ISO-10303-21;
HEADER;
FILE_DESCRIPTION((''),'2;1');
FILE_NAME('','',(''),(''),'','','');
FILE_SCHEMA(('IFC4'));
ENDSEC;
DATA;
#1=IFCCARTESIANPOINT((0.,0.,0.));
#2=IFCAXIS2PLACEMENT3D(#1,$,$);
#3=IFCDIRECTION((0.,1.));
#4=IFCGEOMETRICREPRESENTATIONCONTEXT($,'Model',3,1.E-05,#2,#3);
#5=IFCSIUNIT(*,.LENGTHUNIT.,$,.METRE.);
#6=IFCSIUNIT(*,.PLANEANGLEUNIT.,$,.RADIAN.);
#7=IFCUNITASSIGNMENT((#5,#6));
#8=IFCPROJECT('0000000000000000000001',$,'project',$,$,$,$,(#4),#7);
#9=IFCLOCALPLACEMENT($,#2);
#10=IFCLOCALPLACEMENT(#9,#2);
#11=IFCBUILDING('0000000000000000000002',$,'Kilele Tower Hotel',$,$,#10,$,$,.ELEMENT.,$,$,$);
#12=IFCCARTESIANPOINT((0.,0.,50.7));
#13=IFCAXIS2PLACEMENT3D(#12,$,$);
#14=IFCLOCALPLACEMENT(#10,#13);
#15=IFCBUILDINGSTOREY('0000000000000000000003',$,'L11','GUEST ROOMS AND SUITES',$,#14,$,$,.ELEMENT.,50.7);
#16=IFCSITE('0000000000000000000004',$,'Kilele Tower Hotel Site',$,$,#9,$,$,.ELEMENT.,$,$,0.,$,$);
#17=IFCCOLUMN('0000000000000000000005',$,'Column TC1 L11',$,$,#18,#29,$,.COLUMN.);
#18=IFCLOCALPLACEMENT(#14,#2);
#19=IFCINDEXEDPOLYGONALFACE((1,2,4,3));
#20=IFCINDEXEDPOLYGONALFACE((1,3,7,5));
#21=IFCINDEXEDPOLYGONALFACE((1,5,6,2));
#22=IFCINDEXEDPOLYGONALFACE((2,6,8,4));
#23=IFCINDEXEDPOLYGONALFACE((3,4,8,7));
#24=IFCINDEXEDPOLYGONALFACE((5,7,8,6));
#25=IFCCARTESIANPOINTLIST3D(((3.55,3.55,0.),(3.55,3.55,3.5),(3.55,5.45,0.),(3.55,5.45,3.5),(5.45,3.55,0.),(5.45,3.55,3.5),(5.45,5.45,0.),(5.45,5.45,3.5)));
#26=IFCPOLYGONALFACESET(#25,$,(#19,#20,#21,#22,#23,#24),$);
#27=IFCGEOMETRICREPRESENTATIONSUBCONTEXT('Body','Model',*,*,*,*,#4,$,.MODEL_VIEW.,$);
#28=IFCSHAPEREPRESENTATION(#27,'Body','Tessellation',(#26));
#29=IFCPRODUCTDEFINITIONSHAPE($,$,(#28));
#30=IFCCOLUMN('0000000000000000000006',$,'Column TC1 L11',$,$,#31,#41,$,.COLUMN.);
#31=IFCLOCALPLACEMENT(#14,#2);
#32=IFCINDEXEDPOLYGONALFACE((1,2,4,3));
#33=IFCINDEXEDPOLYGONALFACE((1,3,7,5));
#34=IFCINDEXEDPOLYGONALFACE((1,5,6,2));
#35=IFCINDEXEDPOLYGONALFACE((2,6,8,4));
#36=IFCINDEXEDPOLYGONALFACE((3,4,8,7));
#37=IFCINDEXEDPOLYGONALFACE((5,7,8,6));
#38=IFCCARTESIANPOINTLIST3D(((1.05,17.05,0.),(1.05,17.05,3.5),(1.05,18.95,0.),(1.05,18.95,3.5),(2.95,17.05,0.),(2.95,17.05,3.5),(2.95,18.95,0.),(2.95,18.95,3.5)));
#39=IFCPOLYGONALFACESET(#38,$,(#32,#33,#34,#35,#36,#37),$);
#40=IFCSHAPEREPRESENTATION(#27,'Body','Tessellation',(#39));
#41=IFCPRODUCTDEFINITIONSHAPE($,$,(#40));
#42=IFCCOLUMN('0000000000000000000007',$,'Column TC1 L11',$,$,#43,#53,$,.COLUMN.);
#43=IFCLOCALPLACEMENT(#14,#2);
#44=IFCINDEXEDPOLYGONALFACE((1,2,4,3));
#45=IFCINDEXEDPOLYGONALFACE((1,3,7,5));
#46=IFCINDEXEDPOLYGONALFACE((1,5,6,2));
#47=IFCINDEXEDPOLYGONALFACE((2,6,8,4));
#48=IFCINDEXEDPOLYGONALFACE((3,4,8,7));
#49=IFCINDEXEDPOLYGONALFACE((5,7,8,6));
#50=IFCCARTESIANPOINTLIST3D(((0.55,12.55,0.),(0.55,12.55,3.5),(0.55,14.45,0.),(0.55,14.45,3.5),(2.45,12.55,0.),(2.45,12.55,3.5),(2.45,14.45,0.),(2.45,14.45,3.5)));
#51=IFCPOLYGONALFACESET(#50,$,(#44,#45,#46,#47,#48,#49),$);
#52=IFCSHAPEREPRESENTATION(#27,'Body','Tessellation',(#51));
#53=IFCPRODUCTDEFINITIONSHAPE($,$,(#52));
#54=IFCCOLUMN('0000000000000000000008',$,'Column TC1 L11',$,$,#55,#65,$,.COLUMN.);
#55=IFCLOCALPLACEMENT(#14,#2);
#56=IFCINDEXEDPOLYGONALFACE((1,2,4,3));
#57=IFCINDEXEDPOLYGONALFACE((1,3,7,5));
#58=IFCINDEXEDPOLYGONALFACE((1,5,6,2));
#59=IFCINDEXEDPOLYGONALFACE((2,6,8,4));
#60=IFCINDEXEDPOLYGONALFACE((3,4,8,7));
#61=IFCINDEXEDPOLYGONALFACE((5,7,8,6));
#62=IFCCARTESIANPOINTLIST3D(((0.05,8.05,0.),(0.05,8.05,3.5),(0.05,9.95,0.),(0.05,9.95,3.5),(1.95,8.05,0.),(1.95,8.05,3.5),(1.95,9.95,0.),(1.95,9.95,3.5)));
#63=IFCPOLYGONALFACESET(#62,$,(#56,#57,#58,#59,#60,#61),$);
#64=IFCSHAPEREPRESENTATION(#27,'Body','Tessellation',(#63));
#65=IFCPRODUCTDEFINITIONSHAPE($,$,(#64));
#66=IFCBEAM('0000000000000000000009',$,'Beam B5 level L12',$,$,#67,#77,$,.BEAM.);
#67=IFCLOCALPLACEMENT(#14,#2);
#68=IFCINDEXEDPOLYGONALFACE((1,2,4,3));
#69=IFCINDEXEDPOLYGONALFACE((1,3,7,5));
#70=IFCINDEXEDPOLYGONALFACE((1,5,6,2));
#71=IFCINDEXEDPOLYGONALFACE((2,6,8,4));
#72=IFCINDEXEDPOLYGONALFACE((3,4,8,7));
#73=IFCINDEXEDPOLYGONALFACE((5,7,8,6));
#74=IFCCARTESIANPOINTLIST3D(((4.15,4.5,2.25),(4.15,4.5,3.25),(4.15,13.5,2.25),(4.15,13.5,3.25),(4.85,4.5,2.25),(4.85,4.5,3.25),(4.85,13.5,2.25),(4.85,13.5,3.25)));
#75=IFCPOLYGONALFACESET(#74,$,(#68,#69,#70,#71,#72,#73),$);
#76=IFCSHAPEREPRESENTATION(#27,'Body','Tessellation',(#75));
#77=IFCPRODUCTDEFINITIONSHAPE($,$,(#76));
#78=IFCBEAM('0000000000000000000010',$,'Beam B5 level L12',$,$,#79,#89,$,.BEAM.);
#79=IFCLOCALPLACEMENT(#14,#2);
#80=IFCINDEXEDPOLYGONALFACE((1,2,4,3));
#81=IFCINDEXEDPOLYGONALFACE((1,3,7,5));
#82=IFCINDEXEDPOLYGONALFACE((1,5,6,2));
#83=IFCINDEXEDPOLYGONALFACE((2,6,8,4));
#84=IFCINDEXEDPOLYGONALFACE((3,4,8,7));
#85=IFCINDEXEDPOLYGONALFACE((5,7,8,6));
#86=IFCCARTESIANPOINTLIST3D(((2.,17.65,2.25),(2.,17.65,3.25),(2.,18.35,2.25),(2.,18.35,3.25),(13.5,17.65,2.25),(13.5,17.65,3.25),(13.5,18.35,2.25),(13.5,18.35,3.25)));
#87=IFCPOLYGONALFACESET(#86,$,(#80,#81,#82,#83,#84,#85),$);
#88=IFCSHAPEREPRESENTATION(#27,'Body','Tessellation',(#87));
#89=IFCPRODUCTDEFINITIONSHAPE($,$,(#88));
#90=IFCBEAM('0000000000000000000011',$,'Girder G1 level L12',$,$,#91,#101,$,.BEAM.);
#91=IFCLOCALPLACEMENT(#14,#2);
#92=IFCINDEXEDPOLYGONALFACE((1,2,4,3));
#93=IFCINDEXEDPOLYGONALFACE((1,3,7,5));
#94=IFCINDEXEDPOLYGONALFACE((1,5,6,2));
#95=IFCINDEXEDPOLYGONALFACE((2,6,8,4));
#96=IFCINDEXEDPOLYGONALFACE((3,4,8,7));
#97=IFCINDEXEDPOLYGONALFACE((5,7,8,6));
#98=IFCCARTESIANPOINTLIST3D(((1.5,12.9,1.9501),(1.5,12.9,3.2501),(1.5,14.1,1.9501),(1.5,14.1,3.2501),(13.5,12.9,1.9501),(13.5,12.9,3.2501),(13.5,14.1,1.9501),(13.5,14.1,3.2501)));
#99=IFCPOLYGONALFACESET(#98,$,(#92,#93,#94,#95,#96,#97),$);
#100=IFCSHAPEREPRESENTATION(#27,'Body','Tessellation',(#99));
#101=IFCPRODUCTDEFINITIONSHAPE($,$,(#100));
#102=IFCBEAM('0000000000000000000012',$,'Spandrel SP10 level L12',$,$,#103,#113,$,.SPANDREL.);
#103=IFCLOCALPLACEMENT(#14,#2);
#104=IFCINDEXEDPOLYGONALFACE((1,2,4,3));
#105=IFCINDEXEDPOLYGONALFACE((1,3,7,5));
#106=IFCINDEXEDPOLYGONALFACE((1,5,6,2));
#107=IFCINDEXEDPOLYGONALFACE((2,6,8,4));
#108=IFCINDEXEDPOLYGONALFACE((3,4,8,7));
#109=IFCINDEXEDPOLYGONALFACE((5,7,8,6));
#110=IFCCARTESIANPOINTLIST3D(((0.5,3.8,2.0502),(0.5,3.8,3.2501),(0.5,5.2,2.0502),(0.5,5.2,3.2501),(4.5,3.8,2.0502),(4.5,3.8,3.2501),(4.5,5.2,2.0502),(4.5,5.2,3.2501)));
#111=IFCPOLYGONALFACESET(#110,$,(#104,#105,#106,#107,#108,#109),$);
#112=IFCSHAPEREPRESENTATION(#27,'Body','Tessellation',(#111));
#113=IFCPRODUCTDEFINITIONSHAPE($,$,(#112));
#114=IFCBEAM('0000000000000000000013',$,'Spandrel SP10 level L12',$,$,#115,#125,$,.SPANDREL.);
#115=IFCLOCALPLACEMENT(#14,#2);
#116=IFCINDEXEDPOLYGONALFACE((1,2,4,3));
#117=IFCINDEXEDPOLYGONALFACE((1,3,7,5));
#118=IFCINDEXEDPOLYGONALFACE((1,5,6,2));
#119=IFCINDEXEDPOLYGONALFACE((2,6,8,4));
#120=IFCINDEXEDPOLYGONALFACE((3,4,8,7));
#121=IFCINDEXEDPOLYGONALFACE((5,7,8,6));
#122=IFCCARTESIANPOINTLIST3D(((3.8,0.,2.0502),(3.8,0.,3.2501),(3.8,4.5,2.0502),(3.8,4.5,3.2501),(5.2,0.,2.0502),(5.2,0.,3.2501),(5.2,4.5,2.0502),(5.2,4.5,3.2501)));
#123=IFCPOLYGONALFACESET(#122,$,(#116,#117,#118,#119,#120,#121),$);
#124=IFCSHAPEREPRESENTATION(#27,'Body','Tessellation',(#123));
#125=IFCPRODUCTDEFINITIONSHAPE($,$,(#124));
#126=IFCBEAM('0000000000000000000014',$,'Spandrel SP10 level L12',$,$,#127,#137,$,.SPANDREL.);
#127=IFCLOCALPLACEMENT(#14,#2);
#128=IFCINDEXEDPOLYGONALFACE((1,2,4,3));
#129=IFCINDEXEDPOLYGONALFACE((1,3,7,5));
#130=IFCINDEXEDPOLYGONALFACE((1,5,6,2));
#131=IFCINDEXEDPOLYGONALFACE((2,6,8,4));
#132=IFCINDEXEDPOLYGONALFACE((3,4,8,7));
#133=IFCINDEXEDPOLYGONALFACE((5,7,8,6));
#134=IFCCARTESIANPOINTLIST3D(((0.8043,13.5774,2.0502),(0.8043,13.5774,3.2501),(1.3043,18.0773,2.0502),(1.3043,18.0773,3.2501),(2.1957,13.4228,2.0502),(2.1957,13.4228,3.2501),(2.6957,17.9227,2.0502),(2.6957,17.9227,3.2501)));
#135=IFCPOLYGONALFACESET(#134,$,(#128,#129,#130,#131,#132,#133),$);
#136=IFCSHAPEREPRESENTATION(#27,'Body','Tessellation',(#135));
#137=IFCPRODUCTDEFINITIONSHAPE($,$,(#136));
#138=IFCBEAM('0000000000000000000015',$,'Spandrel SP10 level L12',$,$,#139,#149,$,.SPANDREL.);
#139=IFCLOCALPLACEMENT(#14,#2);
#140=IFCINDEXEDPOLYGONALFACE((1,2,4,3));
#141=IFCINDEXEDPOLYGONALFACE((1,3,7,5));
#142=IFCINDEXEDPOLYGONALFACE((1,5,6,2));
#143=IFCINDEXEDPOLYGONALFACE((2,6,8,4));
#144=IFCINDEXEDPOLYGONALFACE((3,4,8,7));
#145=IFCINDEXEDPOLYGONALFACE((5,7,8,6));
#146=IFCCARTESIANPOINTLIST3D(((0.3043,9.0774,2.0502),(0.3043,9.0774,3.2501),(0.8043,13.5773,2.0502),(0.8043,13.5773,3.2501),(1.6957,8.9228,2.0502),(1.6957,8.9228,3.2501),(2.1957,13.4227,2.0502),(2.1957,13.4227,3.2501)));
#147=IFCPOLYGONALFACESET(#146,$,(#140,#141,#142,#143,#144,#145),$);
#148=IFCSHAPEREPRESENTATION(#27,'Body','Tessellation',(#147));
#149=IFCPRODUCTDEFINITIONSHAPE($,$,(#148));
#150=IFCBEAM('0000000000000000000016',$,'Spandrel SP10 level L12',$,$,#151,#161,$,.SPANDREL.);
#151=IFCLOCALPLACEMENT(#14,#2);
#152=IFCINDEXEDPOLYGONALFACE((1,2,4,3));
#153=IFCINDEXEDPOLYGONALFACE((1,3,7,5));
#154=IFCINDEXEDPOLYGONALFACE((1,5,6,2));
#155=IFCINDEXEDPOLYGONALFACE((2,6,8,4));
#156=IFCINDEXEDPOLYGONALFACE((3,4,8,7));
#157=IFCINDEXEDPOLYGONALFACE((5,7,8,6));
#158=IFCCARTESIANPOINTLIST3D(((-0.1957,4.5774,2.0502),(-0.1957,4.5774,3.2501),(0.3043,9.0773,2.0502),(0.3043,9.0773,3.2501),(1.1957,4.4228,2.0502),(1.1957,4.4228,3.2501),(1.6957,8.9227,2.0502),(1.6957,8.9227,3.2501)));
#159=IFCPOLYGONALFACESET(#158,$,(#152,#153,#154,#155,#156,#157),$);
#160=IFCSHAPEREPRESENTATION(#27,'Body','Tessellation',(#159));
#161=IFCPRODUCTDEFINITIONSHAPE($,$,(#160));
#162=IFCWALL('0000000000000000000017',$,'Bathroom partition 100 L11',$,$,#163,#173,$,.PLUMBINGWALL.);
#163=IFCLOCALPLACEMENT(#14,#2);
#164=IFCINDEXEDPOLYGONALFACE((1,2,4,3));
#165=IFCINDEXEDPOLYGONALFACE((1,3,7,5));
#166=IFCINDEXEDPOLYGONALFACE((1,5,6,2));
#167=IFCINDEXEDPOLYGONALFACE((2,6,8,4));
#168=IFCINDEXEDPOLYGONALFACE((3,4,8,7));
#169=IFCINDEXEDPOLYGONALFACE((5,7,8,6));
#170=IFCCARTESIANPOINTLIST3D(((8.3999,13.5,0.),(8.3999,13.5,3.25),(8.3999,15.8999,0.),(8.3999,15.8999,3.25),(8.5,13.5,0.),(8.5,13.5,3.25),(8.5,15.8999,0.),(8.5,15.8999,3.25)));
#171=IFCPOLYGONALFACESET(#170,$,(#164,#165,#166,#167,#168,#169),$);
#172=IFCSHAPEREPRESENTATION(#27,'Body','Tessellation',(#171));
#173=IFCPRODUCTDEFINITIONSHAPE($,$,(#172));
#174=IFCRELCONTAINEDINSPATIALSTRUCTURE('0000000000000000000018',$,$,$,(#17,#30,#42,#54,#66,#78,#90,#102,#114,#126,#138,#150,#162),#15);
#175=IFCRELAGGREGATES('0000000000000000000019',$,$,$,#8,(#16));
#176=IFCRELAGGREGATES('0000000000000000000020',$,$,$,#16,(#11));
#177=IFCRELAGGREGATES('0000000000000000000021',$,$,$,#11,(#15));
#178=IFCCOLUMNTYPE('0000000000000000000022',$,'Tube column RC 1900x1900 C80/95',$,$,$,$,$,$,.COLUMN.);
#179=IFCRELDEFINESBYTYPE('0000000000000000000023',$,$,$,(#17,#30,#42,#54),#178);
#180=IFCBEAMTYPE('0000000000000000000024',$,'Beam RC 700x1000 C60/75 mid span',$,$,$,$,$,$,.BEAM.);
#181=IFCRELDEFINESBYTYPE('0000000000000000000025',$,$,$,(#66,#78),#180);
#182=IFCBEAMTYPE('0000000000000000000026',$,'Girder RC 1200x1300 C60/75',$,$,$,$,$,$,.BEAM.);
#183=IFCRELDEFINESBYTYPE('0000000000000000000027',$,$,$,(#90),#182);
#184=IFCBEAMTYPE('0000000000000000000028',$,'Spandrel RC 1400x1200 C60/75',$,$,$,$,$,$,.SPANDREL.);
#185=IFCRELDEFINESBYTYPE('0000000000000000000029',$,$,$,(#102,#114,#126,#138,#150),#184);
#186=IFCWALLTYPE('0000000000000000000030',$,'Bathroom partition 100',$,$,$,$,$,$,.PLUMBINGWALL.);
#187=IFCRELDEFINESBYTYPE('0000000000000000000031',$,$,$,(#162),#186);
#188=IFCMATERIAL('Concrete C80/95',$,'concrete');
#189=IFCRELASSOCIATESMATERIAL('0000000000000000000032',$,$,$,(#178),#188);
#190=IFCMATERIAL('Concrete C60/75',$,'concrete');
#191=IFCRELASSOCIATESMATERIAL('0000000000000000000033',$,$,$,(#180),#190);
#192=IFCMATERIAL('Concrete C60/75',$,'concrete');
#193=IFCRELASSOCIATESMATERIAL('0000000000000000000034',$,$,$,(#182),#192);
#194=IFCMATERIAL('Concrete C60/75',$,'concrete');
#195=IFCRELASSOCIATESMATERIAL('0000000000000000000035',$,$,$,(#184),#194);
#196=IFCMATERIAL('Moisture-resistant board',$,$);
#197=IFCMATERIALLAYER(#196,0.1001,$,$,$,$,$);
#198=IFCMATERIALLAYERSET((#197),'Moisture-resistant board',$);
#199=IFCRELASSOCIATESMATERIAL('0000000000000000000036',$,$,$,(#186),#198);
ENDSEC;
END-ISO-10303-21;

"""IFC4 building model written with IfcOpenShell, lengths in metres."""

from ifc_helpers import new_model, si_unit, direction, frame, frame_2d, origin, origin_2d, place, context, subcontext, project, spatial, rectangle, extrude, material, layer, layer_set, material_profile, profile_set, type_object, element, save


model = new_model("IFC4")

# Units and contexts
model_context = context("Model", 3, precision=1e-05, world=origin(), true_north=direction((0.0, 1.0)))
body_context = subcontext(model_context, "Body", "Model", "MODEL_VIEW")
ifc_project = project(units=[si_unit("LENGTHUNIT", "METRE"), si_unit("PLANEANGLEUNIT", "RADIAN")], contexts=[model_context])

# Site, building, storey
site_placement = place(None, origin())
site = spatial("IfcSite", under=ifc_project, at=site_placement, Name="Kilele Tower Hotel Site", CompositionType="ELEMENT", RefElevation=0.0)
building_placement = place(site_placement, origin())
building = spatial("IfcBuilding", under=site, at=building_placement, Name="Kilele Tower Hotel", CompositionType="ELEMENT")
storey_placement = place(building_placement, frame((0.0, 0.0, 50.7)))
storey = spatial("IfcBuildingStorey", under=building, at=storey_placement, Name="L11", Description="GUEST ROOMS AND SUITES", CompositionType="ELEMENT", Elevation=50.7)

# Columns
ifc_material_1 = material(Name="Concrete C80/95", Category="concrete")
ifc_material_profile_1 = material_profile(ifc_material_1, rectangle(XDim=1.8999, YDim=1.8999, at=origin_2d()))
ifc_profile_set_1 = profile_set([ifc_material_profile_1], Name="Concrete C80/95")
column_type = type_object("IfcColumnType", Name="Tube column RC 1900x1900 C80/95", PredefinedType="COLUMN", material=ifc_profile_set_1)
for number, where, z_axis, x_axis, name in (
    (1, (4.5, 4.5, 0.0), (0.0, 0.0, 1.0), (1.0, 0.0, 0.0), "Column TC1 L11"),
    (2, (2.0, 18.0, 0.0), (0.0, 0.0, 1.0), (1.0, 0.0, 0.0), "Column TC1 L11"),
    (3, (1.5, 13.5, 0.0), (0.0, 0.0, 1.0), (1.0, 0.0, 0.0), "Column TC1 L11"),
    (4, (1.0, 9.0, 0.0), (0.0, 0.0, 1.0), (1.0, 0.0, 0.0), "Column TC1 L11"),
):
    element("IfcColumn", number, at=place(storey_placement, frame(where, z_axis=z_axis, x_axis=x_axis)), inside=storey, type_object=column_type, Name=name, PredefinedType="COLUMN", context=body_context, shape_type="SweptSolid", body=[
        extrude(rectangle(XDim=1.8999, YDim=1.8999, at=origin_2d()), origin(), (0.0, 0.0, 1.0), 3.5),
    ])

# Beams
ifc_material_2 = material(Name="Concrete C60/75", Category="concrete")
ifc_material_profile_2 = material_profile(ifc_material_2, rectangle(XDim=0.7, YDim=1.0, at=origin_2d()))
ifc_profile_set_2 = profile_set([ifc_material_profile_2], Name="Concrete C60/75")
beam_type_1 = type_object("IfcBeamType", Name="Beam RC 700x1000 C60/75 mid span", PredefinedType="BEAM", material=ifc_profile_set_2)
beam_1_placement = place(storey_placement, frame((4.5, 4.5, 2.75), z_axis=(0.0, 1.0, 0.0), x_axis=(-1.0, 0.0, 0.0)))
element("IfcBeam", 5, at=beam_1_placement, inside=storey, type_object=beam_type_1, Name="Beam B5 level L12", PredefinedType="BEAM", context=body_context, shape_type="SweptSolid", body=[
    extrude(rectangle(XDim=0.7, YDim=1.0, at=origin_2d()), origin(), (0.0, 0.0, 1.0), 9.0),
])
beam_2_placement = place(storey_placement, frame((2.0, 18.0, 2.75), z_axis=(1.0, 0.0, 0.0), x_axis=(0.0, 1.0, 0.0)))
element("IfcBeam", 6, at=beam_2_placement, inside=storey, type_object=beam_type_1, Name="Beam B5 level L12", PredefinedType="BEAM", context=body_context, shape_type="SweptSolid", body=[
    extrude(rectangle(XDim=0.7, YDim=1.0, at=origin_2d()), origin(), (0.0, 0.0, 1.0), 11.5),
])
ifc_material_3 = material(Name="Concrete C60/75", Category="concrete")
ifc_material_profile_3 = material_profile(ifc_material_3, rectangle(XDim=1.2, YDim=1.3, at=origin_2d()))
ifc_profile_set_3 = profile_set([ifc_material_profile_3], Name="Concrete C60/75")
beam_type_2 = type_object("IfcBeamType", Name="Girder RC 1200x1300 C60/75", PredefinedType="BEAM", material=ifc_profile_set_3)
beam_3_placement = place(storey_placement, frame((1.5, 13.5, 2.6001), z_axis=(1.0, 0.0, 0.0), x_axis=(0.0, 1.0, 0.0)))
element("IfcBeam", 7, at=beam_3_placement, inside=storey, type_object=beam_type_2, Name="Girder G1 level L12", PredefinedType="BEAM", context=body_context, shape_type="SweptSolid", body=[
    extrude(rectangle(XDim=1.2, YDim=1.3, at=origin_2d()), origin(), (0.0, 0.0, 1.0), 12.0),
])
ifc_material_4 = material(Name="Concrete C60/75", Category="concrete")
ifc_material_profile_4 = material_profile(ifc_material_4, rectangle(XDim=1.3999, YDim=1.2, at=origin_2d()))
ifc_profile_set_4 = profile_set([ifc_material_profile_4], Name="Concrete C60/75")
beam_type_3 = type_object("IfcBeamType", Name="Spandrel RC 1400x1200 C60/75", PredefinedType="SPANDREL", material=ifc_profile_set_4)
beam_4_placement = place(storey_placement, frame((0.5, 4.5, 2.6501), z_axis=(1.0, 0.0, 0.0), x_axis=(0.0, 1.0, 0.0)))
element("IfcBeam", 8, at=beam_4_placement, inside=storey, type_object=beam_type_3, Name="Spandrel SP10 level L12", PredefinedType="SPANDREL", context=body_context, shape_type="SweptSolid", body=[
    extrude(rectangle(XDim=1.3999, YDim=1.2, at=origin_2d()), origin(), (0.0, 0.0, 1.0), 4.0),
])
beam_5_placement = place(storey_placement, frame((4.5, 4.5, 2.6501), z_axis=(0.0, -1.0, 0.0), x_axis=(1.0, 0.0, 0.0)))
element("IfcBeam", 9, at=beam_5_placement, inside=storey, type_object=beam_type_3, Name="Spandrel SP10 level L12", PredefinedType="SPANDREL", context=body_context, shape_type="SweptSolid", body=[
    extrude(rectangle(XDim=1.3999, YDim=1.2, at=origin_2d()), origin(), (0.0, 0.0, 1.0), 4.5),
])
for number, where, z_axis, x_axis, name in (
    (10, (2.0, 18.0, 2.6501), (-0.110432, -0.993884, 0.0), (0.993884, -0.110432, 0.0), "Spandrel SP10 level L12"),
    (11, (1.5, 13.5, 2.6501), (-0.110432, -0.993884, 0.0), (0.993884, -0.110432, 0.0), "Spandrel SP10 level L12"),
    (12, (1.0, 9.0, 2.6501), (-0.110432, -0.993884, 0.0), (0.993884, -0.110432, 0.0), "Spandrel SP10 level L12"),
):
    element("IfcBeam", number, at=place(storey_placement, frame(where, z_axis=z_axis, x_axis=x_axis)), inside=storey, type_object=beam_type_3, Name=name, PredefinedType="SPANDREL", context=body_context, shape_type="SweptSolid", body=[
        extrude(rectangle(XDim=1.3999, YDim=1.2, at=origin_2d()), origin(), (0.0, 0.0, 1.0), 4.5276),
    ])

# Wall
ifc_material_5 = material(Name="Moisture-resistant board")
ifc_layer_1 = layer(ifc_material_5, 0.1001)
ifc_layer_set_1 = layer_set([ifc_layer_1], Name="Moisture-resistant board")
wall_type_1 = type_object("IfcWallType", Name="Bathroom partition 100", PredefinedType="PLUMBINGWALL", material=ifc_layer_set_1)
wall_1_placement = place(storey_placement, frame((8.45, 13.5, 0.0), z_axis=(0.0, 0.0, 1.0), x_axis=(0.0, 1.0, 0.0)))
element("IfcWall", 13, at=wall_1_placement, inside=storey, type_object=wall_type_1, Name="Bathroom partition 100 L11", PredefinedType="PLUMBINGWALL", context=body_context, shape_type="SweptSolid", body=[
    extrude(rectangle(XDim=2.3999, YDim=0.1001, at=frame_2d((1.2, 0.0))), origin(), (0.0, 0.0, 1.0), 3.25),
])

save(model, "model.ifc")
